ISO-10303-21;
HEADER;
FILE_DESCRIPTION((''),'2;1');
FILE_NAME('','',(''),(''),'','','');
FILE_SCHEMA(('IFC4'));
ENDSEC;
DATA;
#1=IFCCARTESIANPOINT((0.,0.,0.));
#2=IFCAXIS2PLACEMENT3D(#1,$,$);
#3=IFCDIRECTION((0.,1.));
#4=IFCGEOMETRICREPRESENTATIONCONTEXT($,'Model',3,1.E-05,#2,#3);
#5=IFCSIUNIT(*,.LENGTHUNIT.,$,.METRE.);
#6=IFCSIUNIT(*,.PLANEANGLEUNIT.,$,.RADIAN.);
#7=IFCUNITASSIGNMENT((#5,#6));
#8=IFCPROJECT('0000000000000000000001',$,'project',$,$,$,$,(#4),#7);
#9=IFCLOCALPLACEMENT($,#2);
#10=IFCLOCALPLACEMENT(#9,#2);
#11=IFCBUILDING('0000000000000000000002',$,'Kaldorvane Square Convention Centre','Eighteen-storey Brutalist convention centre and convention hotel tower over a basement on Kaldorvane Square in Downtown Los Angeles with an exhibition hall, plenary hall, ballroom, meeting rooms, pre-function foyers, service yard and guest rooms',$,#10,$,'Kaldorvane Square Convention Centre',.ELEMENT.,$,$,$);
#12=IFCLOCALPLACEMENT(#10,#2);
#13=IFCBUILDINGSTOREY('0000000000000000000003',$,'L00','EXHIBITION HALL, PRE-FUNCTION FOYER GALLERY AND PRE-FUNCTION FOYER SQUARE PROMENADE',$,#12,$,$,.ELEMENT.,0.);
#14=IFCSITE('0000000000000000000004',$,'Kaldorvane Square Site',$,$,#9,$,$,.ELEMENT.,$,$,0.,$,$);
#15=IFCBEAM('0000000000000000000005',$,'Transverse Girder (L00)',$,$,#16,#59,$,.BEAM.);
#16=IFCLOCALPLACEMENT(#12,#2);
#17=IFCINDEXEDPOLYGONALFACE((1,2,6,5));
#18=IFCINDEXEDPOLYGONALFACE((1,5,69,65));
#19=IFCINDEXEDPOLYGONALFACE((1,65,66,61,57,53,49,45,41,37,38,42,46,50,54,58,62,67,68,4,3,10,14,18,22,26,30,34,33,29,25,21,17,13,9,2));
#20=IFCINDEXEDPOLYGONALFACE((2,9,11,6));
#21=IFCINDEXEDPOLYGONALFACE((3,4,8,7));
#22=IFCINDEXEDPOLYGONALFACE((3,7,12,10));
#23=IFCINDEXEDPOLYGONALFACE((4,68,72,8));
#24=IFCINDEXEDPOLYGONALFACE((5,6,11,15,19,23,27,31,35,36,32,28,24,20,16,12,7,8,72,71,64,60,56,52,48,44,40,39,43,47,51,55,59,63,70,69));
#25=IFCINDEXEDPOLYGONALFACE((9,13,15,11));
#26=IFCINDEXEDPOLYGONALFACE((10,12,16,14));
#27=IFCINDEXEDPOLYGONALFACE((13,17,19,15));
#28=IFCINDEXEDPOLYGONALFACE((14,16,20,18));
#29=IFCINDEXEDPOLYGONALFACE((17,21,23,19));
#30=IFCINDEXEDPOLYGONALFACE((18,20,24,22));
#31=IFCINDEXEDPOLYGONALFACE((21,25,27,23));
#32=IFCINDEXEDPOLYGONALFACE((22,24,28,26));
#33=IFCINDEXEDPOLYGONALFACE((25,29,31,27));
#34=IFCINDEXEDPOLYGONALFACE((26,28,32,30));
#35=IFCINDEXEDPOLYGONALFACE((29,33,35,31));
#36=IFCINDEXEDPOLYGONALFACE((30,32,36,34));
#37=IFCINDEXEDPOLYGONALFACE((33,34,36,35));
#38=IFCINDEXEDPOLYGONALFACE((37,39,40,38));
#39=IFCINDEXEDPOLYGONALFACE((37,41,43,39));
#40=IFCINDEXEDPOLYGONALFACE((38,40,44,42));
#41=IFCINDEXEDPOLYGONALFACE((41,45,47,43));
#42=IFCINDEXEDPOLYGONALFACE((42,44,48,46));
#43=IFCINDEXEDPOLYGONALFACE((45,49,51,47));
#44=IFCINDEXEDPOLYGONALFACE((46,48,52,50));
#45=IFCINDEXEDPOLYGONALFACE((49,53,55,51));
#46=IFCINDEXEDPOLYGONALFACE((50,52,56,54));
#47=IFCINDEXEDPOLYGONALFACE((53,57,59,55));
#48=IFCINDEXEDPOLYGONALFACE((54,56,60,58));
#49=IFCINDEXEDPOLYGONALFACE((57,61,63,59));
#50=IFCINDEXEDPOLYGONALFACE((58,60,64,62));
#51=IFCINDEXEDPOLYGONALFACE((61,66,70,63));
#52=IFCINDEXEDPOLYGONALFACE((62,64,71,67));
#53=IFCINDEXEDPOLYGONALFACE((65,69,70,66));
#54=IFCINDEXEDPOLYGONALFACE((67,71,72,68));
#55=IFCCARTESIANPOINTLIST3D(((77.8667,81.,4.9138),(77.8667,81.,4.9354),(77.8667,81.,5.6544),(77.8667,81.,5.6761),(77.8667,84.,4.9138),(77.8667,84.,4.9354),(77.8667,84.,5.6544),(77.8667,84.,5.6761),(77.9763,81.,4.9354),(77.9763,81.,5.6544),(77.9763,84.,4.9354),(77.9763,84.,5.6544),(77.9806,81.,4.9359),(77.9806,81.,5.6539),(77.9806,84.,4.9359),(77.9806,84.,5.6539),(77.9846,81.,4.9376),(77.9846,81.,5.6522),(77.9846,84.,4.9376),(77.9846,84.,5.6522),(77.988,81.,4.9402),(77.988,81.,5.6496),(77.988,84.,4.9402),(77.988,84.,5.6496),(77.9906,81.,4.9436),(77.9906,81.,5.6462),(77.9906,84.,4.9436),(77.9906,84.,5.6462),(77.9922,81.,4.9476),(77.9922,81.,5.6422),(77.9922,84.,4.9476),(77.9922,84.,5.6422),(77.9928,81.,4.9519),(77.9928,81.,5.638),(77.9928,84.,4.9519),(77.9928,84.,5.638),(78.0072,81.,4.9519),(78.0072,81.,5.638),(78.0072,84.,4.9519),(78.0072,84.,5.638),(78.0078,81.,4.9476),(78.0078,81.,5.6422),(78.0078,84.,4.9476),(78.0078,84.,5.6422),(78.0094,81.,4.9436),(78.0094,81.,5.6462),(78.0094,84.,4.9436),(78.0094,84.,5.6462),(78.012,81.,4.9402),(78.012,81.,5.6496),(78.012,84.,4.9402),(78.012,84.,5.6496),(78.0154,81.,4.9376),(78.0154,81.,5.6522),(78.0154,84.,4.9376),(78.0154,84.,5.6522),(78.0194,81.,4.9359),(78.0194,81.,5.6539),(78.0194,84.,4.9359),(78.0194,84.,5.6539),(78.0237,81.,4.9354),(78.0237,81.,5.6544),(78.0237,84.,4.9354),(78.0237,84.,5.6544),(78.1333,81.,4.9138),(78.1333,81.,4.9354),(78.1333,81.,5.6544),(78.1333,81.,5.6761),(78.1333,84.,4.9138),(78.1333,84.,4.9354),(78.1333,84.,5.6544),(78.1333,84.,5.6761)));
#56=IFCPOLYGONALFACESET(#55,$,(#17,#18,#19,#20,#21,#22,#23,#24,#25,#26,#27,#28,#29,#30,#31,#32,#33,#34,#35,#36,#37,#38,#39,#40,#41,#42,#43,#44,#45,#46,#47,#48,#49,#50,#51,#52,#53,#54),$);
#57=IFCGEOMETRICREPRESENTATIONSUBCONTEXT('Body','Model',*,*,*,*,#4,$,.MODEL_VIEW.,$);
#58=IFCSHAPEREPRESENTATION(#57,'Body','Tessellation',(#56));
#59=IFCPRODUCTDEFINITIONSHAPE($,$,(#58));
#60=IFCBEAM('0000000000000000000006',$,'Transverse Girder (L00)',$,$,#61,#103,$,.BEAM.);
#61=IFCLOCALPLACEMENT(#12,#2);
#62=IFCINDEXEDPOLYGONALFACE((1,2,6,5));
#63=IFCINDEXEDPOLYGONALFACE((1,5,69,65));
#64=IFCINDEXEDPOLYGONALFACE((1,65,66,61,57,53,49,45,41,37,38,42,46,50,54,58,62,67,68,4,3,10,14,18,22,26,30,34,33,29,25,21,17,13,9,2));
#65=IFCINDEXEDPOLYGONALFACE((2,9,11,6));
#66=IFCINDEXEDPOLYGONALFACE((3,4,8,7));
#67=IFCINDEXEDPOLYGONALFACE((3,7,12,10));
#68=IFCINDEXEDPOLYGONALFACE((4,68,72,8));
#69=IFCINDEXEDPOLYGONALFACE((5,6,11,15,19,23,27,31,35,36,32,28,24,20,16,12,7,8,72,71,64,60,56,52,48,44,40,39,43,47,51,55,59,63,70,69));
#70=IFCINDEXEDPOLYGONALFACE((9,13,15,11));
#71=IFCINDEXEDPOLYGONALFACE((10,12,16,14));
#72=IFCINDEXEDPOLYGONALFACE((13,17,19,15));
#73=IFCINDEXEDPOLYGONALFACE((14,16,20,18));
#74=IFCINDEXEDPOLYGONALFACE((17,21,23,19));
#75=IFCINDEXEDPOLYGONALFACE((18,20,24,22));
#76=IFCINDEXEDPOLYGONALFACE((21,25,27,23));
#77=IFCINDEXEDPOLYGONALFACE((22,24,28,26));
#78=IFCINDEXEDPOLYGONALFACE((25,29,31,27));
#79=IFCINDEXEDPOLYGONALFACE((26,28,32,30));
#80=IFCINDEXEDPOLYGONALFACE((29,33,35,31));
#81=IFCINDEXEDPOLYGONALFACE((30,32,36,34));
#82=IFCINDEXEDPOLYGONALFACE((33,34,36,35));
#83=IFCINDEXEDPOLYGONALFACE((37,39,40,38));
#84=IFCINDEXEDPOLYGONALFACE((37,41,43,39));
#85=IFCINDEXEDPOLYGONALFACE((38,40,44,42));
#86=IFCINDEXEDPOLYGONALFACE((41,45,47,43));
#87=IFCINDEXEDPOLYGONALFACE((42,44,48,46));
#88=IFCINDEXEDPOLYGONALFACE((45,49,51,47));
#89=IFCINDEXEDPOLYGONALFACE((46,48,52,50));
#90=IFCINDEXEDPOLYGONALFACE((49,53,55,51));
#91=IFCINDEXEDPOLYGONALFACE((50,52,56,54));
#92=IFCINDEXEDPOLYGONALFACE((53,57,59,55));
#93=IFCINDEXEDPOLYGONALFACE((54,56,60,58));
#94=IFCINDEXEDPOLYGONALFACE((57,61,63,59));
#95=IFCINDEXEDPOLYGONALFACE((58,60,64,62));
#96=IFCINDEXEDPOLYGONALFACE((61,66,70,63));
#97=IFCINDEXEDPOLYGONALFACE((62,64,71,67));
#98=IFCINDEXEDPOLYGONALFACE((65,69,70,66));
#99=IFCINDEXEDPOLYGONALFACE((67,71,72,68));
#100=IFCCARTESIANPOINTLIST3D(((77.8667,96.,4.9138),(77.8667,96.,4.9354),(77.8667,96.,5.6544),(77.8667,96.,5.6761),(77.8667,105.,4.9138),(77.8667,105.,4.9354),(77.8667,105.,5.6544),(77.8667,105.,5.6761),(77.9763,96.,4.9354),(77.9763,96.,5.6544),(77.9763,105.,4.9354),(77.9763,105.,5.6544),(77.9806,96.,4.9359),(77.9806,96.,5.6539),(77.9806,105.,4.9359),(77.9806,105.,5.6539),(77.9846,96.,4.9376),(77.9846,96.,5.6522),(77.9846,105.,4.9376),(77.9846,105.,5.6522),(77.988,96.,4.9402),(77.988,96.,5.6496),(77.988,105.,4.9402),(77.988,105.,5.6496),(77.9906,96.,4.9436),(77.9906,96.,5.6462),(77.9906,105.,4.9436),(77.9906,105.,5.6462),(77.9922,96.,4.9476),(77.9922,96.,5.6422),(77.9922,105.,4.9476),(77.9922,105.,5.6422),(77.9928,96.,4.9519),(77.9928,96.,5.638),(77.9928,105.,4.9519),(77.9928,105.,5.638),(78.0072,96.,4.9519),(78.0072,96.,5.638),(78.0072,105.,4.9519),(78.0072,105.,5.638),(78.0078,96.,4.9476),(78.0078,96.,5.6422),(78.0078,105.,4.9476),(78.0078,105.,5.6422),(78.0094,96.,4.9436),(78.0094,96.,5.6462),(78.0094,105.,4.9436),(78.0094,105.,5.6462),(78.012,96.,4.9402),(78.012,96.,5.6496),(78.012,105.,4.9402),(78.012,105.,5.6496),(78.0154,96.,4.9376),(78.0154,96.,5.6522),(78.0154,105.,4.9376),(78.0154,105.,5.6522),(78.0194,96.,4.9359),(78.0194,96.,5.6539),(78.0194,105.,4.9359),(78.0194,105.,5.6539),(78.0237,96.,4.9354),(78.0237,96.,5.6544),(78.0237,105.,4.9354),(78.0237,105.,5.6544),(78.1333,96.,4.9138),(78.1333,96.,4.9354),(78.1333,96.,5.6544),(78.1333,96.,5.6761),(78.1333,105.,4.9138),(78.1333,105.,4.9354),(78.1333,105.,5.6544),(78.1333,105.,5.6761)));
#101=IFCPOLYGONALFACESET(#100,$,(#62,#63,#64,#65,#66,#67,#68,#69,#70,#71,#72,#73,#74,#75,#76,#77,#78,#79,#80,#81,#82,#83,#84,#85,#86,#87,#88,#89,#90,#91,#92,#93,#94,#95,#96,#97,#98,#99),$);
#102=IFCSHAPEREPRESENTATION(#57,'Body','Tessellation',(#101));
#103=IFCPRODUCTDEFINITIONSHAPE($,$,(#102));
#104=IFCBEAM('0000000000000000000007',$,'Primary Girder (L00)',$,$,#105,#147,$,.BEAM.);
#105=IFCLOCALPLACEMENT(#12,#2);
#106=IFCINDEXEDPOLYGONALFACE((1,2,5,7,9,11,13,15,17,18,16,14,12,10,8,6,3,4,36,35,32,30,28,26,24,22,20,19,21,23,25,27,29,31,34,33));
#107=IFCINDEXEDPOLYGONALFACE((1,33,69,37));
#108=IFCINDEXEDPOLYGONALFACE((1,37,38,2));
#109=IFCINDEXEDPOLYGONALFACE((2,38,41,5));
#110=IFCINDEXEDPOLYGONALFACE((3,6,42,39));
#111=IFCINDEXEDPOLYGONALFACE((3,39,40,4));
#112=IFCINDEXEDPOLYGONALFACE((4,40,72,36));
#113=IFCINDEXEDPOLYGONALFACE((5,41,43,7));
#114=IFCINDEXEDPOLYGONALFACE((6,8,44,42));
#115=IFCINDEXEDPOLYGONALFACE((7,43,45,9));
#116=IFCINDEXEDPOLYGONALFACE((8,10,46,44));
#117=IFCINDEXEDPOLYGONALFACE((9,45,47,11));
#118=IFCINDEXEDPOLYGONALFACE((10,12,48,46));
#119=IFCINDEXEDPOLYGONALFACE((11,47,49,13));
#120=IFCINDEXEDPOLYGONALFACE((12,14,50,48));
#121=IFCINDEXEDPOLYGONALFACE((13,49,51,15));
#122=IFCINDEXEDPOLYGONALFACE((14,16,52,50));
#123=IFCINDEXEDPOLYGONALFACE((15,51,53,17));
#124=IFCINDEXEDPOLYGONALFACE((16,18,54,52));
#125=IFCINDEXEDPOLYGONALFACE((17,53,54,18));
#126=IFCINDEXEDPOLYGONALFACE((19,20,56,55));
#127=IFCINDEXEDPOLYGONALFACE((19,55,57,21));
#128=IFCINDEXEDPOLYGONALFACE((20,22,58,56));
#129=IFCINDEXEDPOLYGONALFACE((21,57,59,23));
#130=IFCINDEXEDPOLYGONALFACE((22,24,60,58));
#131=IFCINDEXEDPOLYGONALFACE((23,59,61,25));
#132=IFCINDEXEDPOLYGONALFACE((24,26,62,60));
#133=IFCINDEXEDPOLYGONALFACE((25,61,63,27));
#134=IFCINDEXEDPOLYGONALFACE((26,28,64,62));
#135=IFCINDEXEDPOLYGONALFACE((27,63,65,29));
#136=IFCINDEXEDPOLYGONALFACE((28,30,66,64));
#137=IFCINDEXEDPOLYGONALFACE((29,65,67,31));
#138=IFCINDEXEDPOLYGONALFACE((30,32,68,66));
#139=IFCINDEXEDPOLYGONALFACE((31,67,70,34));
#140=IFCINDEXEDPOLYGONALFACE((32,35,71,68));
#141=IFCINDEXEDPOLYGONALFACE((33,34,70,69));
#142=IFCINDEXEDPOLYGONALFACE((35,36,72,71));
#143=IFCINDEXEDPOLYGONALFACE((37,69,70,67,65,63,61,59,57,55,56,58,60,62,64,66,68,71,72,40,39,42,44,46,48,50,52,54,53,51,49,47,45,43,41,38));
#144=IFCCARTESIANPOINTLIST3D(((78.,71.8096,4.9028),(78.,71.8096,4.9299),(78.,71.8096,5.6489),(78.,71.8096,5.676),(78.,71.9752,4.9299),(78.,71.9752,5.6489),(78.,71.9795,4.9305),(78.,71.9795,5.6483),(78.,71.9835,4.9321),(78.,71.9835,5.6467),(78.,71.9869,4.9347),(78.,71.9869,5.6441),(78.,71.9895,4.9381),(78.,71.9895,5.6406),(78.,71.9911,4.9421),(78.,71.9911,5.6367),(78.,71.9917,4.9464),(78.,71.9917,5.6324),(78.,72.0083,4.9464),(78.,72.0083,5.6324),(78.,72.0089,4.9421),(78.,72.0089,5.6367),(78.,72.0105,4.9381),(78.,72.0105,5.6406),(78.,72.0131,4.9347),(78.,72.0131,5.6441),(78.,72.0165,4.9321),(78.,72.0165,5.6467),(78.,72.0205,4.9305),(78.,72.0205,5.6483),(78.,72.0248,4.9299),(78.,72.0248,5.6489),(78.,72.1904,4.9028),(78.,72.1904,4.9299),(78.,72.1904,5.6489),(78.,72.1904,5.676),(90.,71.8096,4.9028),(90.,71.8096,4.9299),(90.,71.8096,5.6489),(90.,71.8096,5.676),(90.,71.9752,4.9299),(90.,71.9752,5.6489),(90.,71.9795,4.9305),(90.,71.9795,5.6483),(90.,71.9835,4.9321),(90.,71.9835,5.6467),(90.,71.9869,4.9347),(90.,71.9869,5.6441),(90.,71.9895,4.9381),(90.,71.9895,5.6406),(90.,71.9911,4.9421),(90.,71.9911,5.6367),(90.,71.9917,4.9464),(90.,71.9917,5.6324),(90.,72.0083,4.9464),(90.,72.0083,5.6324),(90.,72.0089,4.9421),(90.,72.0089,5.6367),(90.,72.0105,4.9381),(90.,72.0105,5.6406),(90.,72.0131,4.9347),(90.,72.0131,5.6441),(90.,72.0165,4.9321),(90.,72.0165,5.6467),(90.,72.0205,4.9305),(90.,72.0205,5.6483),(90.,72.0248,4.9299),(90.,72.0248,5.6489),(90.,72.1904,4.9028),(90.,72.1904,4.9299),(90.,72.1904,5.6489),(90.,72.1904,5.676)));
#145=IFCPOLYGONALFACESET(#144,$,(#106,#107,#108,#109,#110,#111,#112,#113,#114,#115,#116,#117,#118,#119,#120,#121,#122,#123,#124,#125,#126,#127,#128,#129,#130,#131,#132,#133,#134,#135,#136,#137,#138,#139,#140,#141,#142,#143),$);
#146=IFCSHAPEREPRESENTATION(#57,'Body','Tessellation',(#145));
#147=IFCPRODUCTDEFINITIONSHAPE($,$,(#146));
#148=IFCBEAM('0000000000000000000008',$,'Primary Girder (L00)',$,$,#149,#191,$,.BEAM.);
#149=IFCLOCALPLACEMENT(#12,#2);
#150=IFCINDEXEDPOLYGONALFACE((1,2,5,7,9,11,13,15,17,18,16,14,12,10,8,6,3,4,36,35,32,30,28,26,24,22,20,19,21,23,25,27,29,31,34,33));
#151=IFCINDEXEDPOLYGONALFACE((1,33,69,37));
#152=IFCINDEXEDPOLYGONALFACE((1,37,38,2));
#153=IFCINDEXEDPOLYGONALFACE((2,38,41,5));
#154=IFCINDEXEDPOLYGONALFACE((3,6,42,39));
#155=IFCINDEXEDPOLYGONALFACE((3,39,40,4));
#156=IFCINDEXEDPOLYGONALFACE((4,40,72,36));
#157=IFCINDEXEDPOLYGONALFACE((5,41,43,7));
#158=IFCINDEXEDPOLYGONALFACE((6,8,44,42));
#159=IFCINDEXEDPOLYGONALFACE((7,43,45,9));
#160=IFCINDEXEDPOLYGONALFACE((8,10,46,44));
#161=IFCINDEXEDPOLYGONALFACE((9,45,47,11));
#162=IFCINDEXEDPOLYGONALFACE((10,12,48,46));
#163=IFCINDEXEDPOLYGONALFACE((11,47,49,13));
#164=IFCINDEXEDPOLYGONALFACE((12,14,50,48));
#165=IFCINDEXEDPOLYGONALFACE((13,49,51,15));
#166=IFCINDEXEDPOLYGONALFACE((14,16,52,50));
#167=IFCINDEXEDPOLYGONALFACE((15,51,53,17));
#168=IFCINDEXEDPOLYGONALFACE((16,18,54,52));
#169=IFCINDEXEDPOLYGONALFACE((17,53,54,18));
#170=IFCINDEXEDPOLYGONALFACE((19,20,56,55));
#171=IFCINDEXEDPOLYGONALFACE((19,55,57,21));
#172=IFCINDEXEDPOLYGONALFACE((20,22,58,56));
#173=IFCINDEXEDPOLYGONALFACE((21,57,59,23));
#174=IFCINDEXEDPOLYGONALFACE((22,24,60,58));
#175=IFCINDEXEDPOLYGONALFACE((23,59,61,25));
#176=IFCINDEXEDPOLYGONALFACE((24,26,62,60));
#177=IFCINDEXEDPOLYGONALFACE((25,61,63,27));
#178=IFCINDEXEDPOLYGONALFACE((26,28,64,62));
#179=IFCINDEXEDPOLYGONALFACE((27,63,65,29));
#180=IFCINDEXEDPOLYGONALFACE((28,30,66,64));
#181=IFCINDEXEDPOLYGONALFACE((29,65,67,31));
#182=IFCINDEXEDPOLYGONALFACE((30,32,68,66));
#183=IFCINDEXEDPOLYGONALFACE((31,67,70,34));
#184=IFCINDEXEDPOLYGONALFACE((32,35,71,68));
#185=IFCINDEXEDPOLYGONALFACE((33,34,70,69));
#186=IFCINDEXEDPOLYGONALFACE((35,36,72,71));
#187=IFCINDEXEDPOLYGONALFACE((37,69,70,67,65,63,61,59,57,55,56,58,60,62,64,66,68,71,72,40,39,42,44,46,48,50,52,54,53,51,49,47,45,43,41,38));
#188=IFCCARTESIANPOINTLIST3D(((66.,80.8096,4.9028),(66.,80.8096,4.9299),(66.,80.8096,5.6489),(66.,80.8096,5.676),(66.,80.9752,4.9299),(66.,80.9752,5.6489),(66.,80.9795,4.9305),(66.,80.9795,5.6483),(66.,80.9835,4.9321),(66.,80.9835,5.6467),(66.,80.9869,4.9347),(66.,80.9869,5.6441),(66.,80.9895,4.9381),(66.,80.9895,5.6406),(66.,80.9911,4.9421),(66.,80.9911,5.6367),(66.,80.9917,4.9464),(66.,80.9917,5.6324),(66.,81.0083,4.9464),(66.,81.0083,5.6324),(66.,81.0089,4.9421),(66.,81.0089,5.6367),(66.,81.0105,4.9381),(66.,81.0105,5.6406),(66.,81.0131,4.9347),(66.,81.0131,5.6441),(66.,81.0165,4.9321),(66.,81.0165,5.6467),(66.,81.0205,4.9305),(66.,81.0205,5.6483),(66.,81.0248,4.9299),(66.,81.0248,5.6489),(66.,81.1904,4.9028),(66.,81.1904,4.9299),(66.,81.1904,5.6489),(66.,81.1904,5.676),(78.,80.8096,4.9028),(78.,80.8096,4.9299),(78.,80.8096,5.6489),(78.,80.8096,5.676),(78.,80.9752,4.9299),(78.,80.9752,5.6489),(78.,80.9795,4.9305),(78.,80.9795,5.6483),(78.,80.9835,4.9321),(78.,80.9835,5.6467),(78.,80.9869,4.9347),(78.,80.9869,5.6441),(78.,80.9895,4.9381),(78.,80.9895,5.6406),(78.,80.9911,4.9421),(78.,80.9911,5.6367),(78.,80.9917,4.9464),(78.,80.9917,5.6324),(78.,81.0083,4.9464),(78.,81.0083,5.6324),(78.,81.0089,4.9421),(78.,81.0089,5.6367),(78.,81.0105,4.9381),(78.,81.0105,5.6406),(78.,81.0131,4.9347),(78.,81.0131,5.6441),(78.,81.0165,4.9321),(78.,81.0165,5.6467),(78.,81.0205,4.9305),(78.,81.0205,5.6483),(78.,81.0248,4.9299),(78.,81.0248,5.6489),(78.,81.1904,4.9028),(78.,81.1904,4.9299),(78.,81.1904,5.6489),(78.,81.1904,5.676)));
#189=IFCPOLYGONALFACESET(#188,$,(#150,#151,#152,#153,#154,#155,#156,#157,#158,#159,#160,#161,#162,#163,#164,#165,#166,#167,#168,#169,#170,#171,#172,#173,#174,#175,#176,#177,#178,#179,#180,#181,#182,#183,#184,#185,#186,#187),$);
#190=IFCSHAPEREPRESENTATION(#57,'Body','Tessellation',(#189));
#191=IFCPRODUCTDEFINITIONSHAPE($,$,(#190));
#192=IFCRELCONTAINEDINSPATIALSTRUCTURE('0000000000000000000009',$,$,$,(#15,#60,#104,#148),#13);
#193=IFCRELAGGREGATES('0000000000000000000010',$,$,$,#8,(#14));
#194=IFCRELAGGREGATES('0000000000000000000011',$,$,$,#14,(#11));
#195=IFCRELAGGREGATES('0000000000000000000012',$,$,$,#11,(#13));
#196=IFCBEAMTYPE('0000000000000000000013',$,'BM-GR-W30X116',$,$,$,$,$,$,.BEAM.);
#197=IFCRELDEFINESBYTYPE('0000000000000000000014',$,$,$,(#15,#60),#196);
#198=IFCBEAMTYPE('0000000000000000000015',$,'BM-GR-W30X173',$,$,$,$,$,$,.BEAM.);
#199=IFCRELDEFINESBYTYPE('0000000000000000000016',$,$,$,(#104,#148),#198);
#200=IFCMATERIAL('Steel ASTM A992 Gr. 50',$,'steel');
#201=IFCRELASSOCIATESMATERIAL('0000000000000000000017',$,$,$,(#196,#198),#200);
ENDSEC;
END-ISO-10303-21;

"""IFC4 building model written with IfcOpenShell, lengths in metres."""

from ifc_helpers import new_model, si_unit, direction, frame, origin, origin_2d, place, context, subcontext, project, spatial, i_section, extrude, material, material_profile, profile_set, type_object, element, save


model = new_model("IFC4")

# Units and contexts
model_context = context("Model", 3, precision=1e-05, world=origin(), true_north=direction((0.0, 1.0)))
body_context = subcontext(model_context, "Body", "Model", "MODEL_VIEW")
ifc_project = project(units=[si_unit("LENGTHUNIT", "METRE"), si_unit("PLANEANGLEUNIT", "RADIAN")], contexts=[model_context])

# Site, building, storey
site_placement = place(None, origin())
site = spatial("IfcSite", under=ifc_project, at=site_placement, Name="Kaldorvane Square Site", CompositionType="ELEMENT", RefElevation=0.0)
building_placement = place(site_placement, origin())
building = spatial("IfcBuilding", under=site, at=building_placement, Name="Kaldorvane Square Convention Centre", Description="Eighteen-storey Brutalist convention centre and convention hotel tower over a basement on Kaldorvane Square in Downtown Los Angeles with an exhibition hall, plenary hall, ballroom, meeting rooms, pre-function foyers, service yard and guest rooms", LongName="Kaldorvane Square Convention Centre", CompositionType="ELEMENT")
storey_placement = place(building_placement, origin())
storey = spatial("IfcBuildingStorey", under=building, at=storey_placement, Name="L00", Description="EXHIBITION HALL, PRE-FUNCTION FOYER GALLERY AND PRE-FUNCTION FOYER SQUARE PROMENADE", CompositionType="ELEMENT", Elevation=0.0)

# Shared definitions
ifc_material_1 = material(Name="Steel ASTM A992 Gr. 50", Category="steel")

# Beams
ifc_material_profile_1 = material_profile(ifc_material_1, i_section(OverallWidth=0.2666, OverallDepth=0.7623, WebThickness=0.0144, FlangeThickness=0.0216, FilletRadius=0.0165, at=origin_2d()), Name="W30X116")
ifc_profile_set_1 = profile_set([ifc_material_profile_1], Name="Steel ASTM A992 Gr. 50")
beam_type_1 = type_object("IfcBeamType", Name="BM-GR-W30X116", PredefinedType="BEAM", material=ifc_profile_set_1)
beam_1_placement = place(storey_placement, frame((78.0, 81.0, 5.2949), z_axis=(0.0, 1.0, 0.0), x_axis=(-1.0, 0.0, 0.0)))
element("IfcBeam", 1, at=beam_1_placement, inside=storey, type_object=beam_type_1, Name="Transverse Girder (L00)", PredefinedType="BEAM", context=body_context, shape_type="SweptSolid", body=[
    extrude(i_section(OverallWidth=0.2666, OverallDepth=0.7623, WebThickness=0.0144, FlangeThickness=0.0216, FilletRadius=0.0165, at=origin_2d()), origin(), (0.0, 0.0, 1.0), 3.0),
])
beam_2_placement = place(storey_placement, frame((78.0, 96.0, 5.2949), z_axis=(0.0, 1.0, 0.0), x_axis=(-1.0, 0.0, 0.0)))
element("IfcBeam", 2, at=beam_2_placement, inside=storey, type_object=beam_type_1, Name="Transverse Girder (L00)", PredefinedType="BEAM", context=body_context, shape_type="SweptSolid", body=[
    extrude(i_section(OverallWidth=0.2666, OverallDepth=0.7623, WebThickness=0.0144, FlangeThickness=0.0216, FilletRadius=0.0165, at=origin_2d()), origin(), (0.0, 0.0, 1.0), 9.0),
])
ifc_material_profile_2 = material_profile(ifc_material_1, i_section(OverallWidth=0.3807, OverallDepth=0.7732, WebThickness=0.0166, FlangeThickness=0.0271, FilletRadius=0.0165, at=origin_2d()), Name="W30X173")
ifc_profile_set_2 = profile_set([ifc_material_profile_2], Name="Steel ASTM A992 Gr. 50")
beam_type_2 = type_object("IfcBeamType", Name="BM-GR-W30X173", PredefinedType="BEAM", material=ifc_profile_set_2)
for number, where, z_axis, x_axis, name in (
    (3, (78.0, 72.0, 5.2894), (1.0, 0.0, 0.0), (0.0, 1.0, 0.0), "Primary Girder (L00)"),
    (4, (66.0, 81.0, 5.2894), (1.0, 0.0, 0.0), (0.0, 1.0, 0.0), "Primary Girder (L00)"),
):
    element("IfcBeam", number, at=place(storey_placement, frame(where, z_axis=z_axis, x_axis=x_axis)), inside=storey, type_object=beam_type_2, Name=name, PredefinedType="BEAM", context=body_context, shape_type="SweptSolid", body=[
        extrude(i_section(OverallWidth=0.3807, OverallDepth=0.7732, WebThickness=0.0166, FlangeThickness=0.0271, FilletRadius=0.0165, at=origin_2d()), origin(), (0.0, 0.0, 1.0), 12.0),
    ])

save(model, "model.ifc")
